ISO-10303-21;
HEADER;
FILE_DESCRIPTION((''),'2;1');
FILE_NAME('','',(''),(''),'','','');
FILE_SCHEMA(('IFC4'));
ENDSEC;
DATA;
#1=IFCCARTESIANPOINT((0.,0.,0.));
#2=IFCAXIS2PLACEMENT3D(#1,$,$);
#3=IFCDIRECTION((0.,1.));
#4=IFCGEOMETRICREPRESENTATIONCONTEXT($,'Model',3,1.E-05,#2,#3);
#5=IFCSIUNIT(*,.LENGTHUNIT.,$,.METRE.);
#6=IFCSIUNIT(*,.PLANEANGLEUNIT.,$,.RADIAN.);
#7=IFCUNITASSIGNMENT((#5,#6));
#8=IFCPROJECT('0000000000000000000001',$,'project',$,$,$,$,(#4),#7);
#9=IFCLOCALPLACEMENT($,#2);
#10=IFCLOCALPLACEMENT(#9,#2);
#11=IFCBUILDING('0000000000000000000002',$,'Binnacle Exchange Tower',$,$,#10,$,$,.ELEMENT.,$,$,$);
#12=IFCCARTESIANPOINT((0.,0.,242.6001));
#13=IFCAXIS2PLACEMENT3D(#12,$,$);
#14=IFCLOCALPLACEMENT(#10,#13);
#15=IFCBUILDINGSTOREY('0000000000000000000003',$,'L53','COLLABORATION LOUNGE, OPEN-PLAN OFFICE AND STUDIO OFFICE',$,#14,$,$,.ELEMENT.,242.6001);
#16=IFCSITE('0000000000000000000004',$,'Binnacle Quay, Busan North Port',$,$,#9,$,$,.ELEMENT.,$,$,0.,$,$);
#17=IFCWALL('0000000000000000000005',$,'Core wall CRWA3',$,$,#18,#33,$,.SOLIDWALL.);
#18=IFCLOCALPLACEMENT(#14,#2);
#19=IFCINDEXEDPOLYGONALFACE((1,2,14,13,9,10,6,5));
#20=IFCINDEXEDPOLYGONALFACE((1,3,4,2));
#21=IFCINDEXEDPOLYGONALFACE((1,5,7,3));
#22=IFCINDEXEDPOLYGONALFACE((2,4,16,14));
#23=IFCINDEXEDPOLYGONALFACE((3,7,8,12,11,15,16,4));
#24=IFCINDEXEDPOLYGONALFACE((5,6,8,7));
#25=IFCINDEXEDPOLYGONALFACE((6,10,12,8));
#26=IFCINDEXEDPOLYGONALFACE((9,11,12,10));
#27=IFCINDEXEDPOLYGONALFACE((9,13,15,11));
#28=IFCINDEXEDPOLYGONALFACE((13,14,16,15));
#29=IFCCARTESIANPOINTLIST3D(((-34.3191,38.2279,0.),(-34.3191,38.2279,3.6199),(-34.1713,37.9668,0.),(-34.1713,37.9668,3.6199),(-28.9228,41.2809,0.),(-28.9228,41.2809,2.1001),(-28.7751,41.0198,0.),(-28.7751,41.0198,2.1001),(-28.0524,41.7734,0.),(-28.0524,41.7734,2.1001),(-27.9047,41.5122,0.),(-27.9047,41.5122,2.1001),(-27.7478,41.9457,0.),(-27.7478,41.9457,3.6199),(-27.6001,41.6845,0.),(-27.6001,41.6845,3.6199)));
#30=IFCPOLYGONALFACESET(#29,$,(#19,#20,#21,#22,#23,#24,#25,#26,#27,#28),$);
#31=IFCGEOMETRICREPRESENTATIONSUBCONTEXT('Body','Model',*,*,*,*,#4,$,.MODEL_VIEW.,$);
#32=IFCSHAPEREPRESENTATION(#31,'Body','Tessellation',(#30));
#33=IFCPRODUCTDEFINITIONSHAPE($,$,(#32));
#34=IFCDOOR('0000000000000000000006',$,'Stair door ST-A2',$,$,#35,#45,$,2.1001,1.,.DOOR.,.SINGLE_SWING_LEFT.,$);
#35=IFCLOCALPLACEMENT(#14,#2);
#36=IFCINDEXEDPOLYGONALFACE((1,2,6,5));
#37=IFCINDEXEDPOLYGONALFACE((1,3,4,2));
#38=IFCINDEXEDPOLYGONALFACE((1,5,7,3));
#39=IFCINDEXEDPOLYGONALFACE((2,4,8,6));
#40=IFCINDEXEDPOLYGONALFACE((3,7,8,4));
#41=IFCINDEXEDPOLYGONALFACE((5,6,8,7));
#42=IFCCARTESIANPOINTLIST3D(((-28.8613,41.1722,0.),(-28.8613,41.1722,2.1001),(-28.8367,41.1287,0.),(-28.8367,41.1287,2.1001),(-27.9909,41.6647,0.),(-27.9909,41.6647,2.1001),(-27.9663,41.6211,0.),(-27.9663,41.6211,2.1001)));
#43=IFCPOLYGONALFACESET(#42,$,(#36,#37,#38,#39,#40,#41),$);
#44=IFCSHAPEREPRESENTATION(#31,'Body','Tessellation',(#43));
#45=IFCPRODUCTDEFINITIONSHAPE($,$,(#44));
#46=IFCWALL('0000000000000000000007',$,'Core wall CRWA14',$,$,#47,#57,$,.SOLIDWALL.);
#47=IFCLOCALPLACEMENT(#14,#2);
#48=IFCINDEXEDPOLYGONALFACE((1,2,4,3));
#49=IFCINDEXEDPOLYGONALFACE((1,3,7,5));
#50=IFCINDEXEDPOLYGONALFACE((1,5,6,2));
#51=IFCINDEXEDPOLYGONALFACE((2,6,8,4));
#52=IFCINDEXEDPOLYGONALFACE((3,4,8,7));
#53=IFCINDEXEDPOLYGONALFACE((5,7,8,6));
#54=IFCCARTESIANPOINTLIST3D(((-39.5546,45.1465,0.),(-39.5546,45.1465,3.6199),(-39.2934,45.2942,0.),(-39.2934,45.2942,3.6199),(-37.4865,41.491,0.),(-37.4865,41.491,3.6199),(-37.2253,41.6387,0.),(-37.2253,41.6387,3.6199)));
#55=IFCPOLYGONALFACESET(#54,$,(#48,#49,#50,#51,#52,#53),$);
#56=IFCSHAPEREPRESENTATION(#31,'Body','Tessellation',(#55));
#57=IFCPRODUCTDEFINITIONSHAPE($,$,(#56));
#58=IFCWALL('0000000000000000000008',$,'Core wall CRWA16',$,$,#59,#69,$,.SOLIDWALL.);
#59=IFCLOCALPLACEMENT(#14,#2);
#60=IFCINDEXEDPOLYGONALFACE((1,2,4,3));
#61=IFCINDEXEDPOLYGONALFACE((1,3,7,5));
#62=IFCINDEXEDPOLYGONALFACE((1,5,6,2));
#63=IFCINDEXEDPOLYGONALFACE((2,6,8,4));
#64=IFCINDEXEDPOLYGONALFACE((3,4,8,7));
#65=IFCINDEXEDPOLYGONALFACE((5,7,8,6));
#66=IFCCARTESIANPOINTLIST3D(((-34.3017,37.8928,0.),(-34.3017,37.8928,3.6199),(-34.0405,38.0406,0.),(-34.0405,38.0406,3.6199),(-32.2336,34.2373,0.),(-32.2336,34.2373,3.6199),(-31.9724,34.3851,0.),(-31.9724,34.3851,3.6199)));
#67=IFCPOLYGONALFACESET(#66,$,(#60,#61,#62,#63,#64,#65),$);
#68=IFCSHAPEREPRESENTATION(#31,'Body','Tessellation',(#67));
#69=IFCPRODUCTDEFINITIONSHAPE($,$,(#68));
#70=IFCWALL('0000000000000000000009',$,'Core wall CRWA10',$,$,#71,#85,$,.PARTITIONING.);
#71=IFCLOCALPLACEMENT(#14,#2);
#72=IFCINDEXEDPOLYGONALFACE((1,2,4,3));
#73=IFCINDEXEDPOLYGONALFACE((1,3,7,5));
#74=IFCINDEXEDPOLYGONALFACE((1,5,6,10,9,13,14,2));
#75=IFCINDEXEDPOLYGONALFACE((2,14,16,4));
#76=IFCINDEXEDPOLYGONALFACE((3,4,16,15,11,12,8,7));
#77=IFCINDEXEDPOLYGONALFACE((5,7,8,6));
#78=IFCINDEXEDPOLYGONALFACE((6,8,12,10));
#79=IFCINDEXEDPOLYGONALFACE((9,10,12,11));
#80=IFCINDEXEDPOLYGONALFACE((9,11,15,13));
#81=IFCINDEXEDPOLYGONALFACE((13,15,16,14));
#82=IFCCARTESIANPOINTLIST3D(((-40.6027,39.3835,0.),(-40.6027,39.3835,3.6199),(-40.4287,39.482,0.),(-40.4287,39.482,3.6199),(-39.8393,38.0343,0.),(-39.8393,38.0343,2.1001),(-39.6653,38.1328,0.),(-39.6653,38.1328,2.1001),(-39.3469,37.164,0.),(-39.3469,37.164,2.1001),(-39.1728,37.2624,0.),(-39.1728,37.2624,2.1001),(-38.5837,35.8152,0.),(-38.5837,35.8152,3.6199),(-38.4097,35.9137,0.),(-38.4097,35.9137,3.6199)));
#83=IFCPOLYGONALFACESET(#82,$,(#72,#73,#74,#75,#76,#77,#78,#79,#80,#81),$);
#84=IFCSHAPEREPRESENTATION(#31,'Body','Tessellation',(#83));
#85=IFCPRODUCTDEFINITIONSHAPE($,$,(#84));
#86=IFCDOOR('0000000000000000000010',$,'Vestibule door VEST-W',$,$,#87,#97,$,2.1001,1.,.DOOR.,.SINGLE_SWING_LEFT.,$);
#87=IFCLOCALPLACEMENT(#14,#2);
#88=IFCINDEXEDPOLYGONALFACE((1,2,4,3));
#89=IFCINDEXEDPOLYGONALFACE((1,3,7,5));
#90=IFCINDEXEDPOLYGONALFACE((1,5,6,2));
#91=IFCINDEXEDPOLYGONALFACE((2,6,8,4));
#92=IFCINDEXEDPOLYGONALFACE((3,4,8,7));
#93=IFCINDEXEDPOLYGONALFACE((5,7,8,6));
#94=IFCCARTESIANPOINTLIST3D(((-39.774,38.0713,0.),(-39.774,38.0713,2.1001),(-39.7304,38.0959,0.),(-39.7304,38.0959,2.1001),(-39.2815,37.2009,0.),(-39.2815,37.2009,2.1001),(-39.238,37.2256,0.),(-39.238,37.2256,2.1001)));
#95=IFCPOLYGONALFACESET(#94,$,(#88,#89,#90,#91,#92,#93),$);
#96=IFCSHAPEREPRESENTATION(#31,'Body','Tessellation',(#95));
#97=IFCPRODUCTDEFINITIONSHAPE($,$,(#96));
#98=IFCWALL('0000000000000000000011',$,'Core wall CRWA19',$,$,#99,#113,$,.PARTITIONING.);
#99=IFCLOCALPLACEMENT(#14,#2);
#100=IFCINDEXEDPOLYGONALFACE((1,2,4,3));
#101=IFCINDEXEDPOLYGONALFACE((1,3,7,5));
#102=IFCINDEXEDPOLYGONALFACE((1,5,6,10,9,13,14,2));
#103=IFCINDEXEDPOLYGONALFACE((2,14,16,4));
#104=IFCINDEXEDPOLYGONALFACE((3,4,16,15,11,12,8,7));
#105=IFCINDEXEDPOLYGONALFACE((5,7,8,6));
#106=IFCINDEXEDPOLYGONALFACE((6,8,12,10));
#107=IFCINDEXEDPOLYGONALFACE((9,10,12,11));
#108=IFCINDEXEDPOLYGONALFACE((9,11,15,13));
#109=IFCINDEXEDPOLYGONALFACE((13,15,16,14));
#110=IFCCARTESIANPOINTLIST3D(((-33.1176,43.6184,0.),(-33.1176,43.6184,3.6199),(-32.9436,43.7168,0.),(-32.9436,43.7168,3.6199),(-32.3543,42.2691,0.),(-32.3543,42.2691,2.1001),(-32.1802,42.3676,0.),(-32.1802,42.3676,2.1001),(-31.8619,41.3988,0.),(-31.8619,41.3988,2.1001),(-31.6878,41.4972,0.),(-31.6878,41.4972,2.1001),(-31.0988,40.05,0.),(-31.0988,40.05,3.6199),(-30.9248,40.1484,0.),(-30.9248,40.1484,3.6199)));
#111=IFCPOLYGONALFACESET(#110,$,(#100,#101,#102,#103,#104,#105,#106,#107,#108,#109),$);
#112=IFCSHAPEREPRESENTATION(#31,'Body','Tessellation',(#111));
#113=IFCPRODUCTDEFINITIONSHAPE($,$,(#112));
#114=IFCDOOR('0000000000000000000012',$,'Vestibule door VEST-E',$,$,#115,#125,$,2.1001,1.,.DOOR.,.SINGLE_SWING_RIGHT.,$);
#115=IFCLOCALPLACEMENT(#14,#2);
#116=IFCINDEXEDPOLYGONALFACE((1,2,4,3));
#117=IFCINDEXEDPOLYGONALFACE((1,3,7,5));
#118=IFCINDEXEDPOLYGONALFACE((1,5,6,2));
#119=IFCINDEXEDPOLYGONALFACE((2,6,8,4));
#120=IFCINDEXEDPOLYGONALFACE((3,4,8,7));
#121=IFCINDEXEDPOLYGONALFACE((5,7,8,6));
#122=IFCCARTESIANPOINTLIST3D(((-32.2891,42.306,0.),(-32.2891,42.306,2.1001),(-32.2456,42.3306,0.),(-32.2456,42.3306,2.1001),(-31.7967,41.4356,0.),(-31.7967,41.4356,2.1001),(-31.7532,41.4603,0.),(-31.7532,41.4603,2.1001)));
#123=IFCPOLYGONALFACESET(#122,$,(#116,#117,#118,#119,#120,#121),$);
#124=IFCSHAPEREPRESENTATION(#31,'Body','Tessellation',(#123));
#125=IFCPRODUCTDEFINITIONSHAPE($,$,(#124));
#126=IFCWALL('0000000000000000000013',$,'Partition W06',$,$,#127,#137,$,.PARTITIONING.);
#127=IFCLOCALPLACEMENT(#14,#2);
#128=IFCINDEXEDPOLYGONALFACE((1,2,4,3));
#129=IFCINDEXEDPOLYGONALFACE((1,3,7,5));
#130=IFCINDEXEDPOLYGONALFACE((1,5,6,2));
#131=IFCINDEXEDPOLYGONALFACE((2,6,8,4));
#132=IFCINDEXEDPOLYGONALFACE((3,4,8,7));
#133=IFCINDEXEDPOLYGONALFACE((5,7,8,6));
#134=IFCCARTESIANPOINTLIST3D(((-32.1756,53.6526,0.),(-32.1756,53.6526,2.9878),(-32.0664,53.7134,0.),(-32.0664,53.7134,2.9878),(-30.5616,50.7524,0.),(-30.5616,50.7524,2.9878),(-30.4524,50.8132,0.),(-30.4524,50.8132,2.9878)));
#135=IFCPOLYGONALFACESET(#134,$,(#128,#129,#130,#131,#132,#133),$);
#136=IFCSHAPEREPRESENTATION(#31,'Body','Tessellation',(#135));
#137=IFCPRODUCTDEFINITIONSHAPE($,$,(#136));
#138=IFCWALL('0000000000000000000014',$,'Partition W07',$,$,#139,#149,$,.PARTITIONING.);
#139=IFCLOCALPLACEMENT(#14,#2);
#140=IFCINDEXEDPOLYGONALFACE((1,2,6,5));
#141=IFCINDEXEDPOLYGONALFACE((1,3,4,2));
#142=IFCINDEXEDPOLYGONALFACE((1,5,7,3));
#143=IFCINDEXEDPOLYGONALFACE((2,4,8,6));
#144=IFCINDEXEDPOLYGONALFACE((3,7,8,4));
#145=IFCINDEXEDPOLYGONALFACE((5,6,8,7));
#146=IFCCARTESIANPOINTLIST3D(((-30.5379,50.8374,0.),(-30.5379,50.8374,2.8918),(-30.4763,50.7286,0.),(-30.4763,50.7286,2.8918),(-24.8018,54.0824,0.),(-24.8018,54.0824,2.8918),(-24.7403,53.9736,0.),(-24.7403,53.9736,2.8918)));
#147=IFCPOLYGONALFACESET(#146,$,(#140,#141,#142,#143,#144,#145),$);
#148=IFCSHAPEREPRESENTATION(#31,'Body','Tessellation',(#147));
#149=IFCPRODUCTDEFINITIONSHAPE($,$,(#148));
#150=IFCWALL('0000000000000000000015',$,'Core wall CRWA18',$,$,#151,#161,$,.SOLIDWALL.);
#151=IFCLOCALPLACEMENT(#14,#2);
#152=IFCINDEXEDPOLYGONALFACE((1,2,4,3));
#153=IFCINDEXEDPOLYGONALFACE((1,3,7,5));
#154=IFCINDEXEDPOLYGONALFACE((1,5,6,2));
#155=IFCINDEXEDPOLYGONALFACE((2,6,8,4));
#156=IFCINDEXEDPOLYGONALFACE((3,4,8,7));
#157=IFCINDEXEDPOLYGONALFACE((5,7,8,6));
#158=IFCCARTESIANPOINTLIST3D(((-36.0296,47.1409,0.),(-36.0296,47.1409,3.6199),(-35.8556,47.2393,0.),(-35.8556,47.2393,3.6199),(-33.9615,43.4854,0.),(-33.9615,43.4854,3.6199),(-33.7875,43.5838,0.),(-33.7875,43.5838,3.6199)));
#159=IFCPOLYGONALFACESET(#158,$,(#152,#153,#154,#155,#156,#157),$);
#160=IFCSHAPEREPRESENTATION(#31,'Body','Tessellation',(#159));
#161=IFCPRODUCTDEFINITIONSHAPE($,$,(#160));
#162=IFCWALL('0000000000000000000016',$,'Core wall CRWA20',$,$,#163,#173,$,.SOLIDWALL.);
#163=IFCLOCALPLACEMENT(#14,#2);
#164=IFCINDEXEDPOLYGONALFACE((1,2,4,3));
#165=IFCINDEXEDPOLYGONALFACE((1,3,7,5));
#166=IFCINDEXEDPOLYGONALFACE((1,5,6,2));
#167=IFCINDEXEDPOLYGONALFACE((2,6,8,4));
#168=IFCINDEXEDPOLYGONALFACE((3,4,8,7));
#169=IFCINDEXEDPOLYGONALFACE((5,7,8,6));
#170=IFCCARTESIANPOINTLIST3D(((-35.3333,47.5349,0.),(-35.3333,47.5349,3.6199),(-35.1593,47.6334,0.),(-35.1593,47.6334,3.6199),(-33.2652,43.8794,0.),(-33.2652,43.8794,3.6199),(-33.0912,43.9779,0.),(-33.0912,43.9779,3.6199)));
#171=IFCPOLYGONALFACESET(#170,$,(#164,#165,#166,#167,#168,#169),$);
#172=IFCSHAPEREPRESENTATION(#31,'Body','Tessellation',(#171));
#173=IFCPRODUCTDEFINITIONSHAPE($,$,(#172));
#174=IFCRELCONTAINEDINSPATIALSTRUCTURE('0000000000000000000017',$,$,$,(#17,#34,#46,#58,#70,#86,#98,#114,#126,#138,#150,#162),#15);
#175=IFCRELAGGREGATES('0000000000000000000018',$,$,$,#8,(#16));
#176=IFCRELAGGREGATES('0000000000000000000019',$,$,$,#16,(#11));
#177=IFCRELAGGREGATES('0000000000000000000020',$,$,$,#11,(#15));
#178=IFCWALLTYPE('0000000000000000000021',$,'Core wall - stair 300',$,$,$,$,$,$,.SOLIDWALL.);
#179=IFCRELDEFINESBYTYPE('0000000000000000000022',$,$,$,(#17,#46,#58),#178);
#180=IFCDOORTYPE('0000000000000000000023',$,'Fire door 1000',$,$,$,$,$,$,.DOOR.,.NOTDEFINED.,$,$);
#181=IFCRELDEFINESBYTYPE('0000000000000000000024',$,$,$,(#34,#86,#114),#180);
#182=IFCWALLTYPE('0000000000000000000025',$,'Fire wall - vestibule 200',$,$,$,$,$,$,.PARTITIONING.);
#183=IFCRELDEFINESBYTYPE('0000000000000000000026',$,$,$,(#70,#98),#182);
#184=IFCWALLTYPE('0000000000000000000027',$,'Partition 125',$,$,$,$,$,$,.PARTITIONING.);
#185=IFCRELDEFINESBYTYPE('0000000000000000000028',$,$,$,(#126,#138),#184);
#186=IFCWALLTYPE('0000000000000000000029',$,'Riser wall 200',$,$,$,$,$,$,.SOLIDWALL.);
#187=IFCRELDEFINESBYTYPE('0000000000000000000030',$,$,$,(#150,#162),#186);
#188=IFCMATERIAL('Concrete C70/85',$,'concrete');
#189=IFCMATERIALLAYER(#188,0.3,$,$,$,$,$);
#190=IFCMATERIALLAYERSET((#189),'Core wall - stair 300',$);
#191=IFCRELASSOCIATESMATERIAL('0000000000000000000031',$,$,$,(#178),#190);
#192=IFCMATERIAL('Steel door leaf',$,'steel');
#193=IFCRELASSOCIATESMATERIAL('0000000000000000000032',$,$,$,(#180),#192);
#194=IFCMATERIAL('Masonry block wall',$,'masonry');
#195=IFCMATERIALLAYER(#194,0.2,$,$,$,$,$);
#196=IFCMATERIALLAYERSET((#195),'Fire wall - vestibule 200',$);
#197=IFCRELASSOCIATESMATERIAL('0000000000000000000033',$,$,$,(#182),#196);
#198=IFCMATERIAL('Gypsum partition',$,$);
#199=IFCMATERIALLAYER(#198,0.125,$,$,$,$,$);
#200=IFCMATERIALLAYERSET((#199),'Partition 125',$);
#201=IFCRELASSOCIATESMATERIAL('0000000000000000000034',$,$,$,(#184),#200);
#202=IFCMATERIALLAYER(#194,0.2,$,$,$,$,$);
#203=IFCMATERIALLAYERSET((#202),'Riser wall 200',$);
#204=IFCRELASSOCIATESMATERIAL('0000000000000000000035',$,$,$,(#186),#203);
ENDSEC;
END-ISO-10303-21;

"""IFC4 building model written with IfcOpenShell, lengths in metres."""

from ifc_helpers import new_model, si_unit, direction, frame, frame_2d, origin, place, context, subcontext, project, spatial, rectangle, extrude, material, layer, layer_set, type_object, element, fill, save


model = new_model("IFC4")

# Units and contexts
model_context = context("Model", 3, precision=1e-05, world=origin(), true_north=direction((0.0, 1.0)))
body_context = subcontext(model_context, "Body", "Model", "MODEL_VIEW")
ifc_project = project(units=[si_unit("LENGTHUNIT", "METRE"), si_unit("PLANEANGLEUNIT", "RADIAN")], contexts=[model_context])

# Site, building, storey
site_placement = place(None, origin())
site = spatial("IfcSite", under=ifc_project, at=site_placement, Name="Binnacle Quay, Busan North Port", CompositionType="ELEMENT", RefElevation=0.0)
building_placement = place(site_placement, origin())
building = spatial("IfcBuilding", under=site, at=building_placement, Name="Binnacle Exchange Tower", CompositionType="ELEMENT")
storey_placement = place(building_placement, frame((0.0, 0.0, 242.6001)))
storey = spatial("IfcBuildingStorey", under=building, at=storey_placement, Name="L53", Description="COLLABORATION LOUNGE, OPEN-PLAN OFFICE AND STUDIO OFFICE", CompositionType="ELEMENT", Elevation=242.6001)

# Shared definitions
ifc_material_1 = material(Name="Concrete C70/85", Category="concrete")
ifc_material_2 = material(Name="Steel door leaf", Category="steel")

# Wall, opening, door
ifc_layer_1 = layer(ifc_material_1, 0.3)
ifc_layer_set_1 = layer_set([ifc_layer_1], Name="Core wall - stair 300")
wall_type_1 = type_object("IfcWallType", Name="Core wall - stair 300", PredefinedType="SOLIDWALL", material=ifc_layer_set_1)
wall_1_placement = place(storey_placement, frame((-34.2451, 38.0974, 0.0), z_axis=(0.0, 0.0, 1.0), x_axis=(0.87036, 0.492415, 0.0)))
wall_1 = element("IfcWall", 1, at=wall_1_placement, inside=storey, type_object=wall_type_1, Name="Core wall CRWA3", PredefinedType="SOLIDWALL", context=body_context, shape_type="SweptSolid", body=[
    extrude(rectangle(XDim=7.55, YDim=0.3, at=frame_2d((3.7749, 0.0))), origin(), (0.0, 0.0, 1.0), 3.6199),
])
opening_1_placement = place(wall_1_placement, frame((6.2, 0.0, 0.0)))
opening_1 = element("IfcOpeningElement", 2, at=opening_1_placement, cuts=wall_1, PredefinedType="OPENING", context=body_context, shape_type="SweptSolid", body=[
    extrude(rectangle(XDim=1.0, YDim=2.1001, at=frame_2d((0.5, 1.05))), frame((0.0, 0.1599, 0.0), z_axis=(0.0, -1.0, 0.0), x_axis=(1.0, 0.0, 0.0)), (0.0, 0.0, 1.0), 0.3201),
])
door_type_1 = type_object("IfcDoorType", Name="Fire door 1000", OperationType="NOTDEFINED", PredefinedType="DOOR", material=ifc_material_2)
door_1_placement = place(opening_1_placement, frame((1.0, 0.0, 0.0), z_axis=(0.0, 0.0, 1.0), x_axis=(-1.0, 0.0, 0.0)))
door_1 = element("IfcDoor", 3, at=door_1_placement, inside=storey, type_object=door_type_1, Name="Stair door ST-A2", OperationType="SINGLE_SWING_LEFT", OverallHeight=2.1001, OverallWidth=1.0, PredefinedType="DOOR", context=body_context, shape_type="SweptSolid", body=[
    extrude(rectangle(XDim=1.0, YDim=2.1001, at=frame_2d((0.5, 1.05))), frame((0.0, 0.0249, 0.0), z_axis=(0.0, -1.0, 0.0), x_axis=(1.0, 0.0, 0.0)), (0.0, 0.0, 1.0), 0.05),
])
fill(opening_1, door_1)

# Walls
for number, where, z_axis, x_axis, name in (
    (4, (-39.4241, 45.2205, 0.0), (0.0, 0.0, 1.0), (0.49241, -0.870364, 0.0), "Core wall CRWA14"),
    (5, (-34.1711, 37.9668, 0.0), (0.0, 0.0, 1.0), (0.49241, -0.870364, 0.0), "Core wall CRWA16"),
):
    element("IfcWall", number, at=place(storey_placement, frame(where, z_axis=z_axis, x_axis=x_axis)), inside=storey, type_object=wall_type_1, Name=name, PredefinedType="SOLIDWALL", context=body_context, shape_type="SweptSolid", body=[
        extrude(rectangle(XDim=4.2, YDim=0.3, at=frame_2d((2.1001, 0.0))), origin(), (0.0, 0.0, 1.0), 3.6199),
    ])

# Walls, openings, doors
ifc_material_3 = material(Name="Masonry block wall", Category="masonry")
ifc_layer_2 = layer(ifc_material_3, 0.2)
ifc_layer_set_2 = layer_set([ifc_layer_2], Name="Fire wall - vestibule 200")
wall_type_2 = type_object("IfcWallType", Name="Fire wall - vestibule 200", PredefinedType="PARTITIONING", material=ifc_layer_set_2)
wall_2_placement = place(storey_placement, frame((-40.5156, 39.4326, 0.0), z_axis=(0.0, 0.0, 1.0), x_axis=(0.492454, -0.870339, 0.0)))
wall_2 = element("IfcWall", 6, at=wall_2_placement, inside=storey, type_object=wall_type_2, Name="Core wall CRWA10", PredefinedType="PARTITIONING", context=body_context, shape_type="SweptSolid", body=[
    extrude(rectangle(XDim=4.0999, YDim=0.2, at=frame_2d((2.0498, 0.0))), origin(), (0.0, 0.0, 1.0), 3.6199),
])
opening_2_placement = place(wall_2_placement, frame((1.55, 0.0, 0.0)))
opening_2 = element("IfcOpeningElement", 7, at=opening_2_placement, cuts=wall_2, PredefinedType="OPENING", context=body_context, shape_type="SweptSolid", body=[
    extrude(rectangle(XDim=1.0, YDim=2.1001, at=frame_2d((0.5, 1.05))), frame((0.0, 0.1099, 0.0), z_axis=(0.0, -1.0, 0.0), x_axis=(1.0, 0.0, 0.0)), (0.0, 0.0, 1.0), 0.22),
])
door_2_placement = place(opening_2_placement, frame((1.0, 0.0, 0.0), z_axis=(0.0, 0.0, 1.0), x_axis=(-1.0, 0.0, 0.0)))
door_2 = element("IfcDoor", 8, at=door_2_placement, inside=storey, type_object=door_type_1, Name="Vestibule door VEST-W", OperationType="SINGLE_SWING_LEFT", OverallHeight=2.1001, OverallWidth=1.0, PredefinedType="DOOR", context=body_context, shape_type="SweptSolid", body=[
    extrude(rectangle(XDim=1.0, YDim=2.1001, at=frame_2d((0.5, 1.05))), frame((0.0, 0.0249, 0.0), z_axis=(0.0, -1.0, 0.0), x_axis=(1.0, 0.0, 0.0)), (0.0, 0.0, 1.0), 0.05),
])
fill(opening_2, door_2)
wall_3_placement = place(storey_placement, frame((-33.0305, 43.6675, 0.0), z_axis=(0.0, 0.0, 1.0), x_axis=(0.492408, -0.870364, 0.0)))
wall_3 = element("IfcWall", 9, at=wall_3_placement, inside=storey, type_object=wall_type_2, Name="Core wall CRWA19", PredefinedType="PARTITIONING", context=body_context, shape_type="SweptSolid", body=[
    extrude(rectangle(XDim=4.0999, YDim=0.2, at=frame_2d((2.0498, 0.0))), origin(), (0.0, 0.0, 1.0), 3.6199),
])
opening_3_placement = place(wall_3_placement, frame((1.55, 0.0, 0.0)))
opening_3 = element("IfcOpeningElement", 10, at=opening_3_placement, cuts=wall_3, PredefinedType="OPENING", context=body_context, shape_type="SweptSolid", body=[
    extrude(rectangle(XDim=1.0, YDim=2.1001, at=frame_2d((0.5, 1.05))), frame((0.0, 0.1099, 0.0), z_axis=(0.0, -1.0, 0.0), x_axis=(1.0, 0.0, 0.0)), (0.0, 0.0, 1.0), 0.22),
])
door_3_placement = place(opening_3_placement, origin())
door_3 = element("IfcDoor", 11, at=door_3_placement, inside=storey, type_object=door_type_1, Name="Vestibule door VEST-E", OperationType="SINGLE_SWING_RIGHT", OverallHeight=2.1001, OverallWidth=1.0, PredefinedType="DOOR", context=body_context, shape_type="SweptSolid", body=[
    extrude(rectangle(XDim=1.0, YDim=2.1001, at=frame_2d((0.5, 1.05))), frame((0.0, 0.0249, 0.0), z_axis=(0.0, -1.0, 0.0), x_axis=(1.0, 0.0, 0.0)), (0.0, 0.0, 1.0), 0.05),
])
fill(opening_3, door_3)

# Walls
ifc_material_4 = material(Name="Gypsum partition")
ifc_layer_3 = layer(ifc_material_4, 0.125)
ifc_layer_set_3 = layer_set([ifc_layer_3], Name="Partition 125")
wall_type_3 = type_object("IfcWallType", Name="Partition 125", PredefinedType="PARTITIONING", material=ifc_layer_set_3)
wall_4_placement = place(storey_placement, frame((-32.1211, 53.6831, 0.0), z_axis=(0.0, 0.0, 1.0), x_axis=(0.486292, -0.873796, 0.0)))
element("IfcWall", 12, at=wall_4_placement, inside=storey, type_object=wall_type_3, Name="Partition W06", PredefinedType="PARTITIONING", context=body_context, shape_type="SweptSolid", body=[
    extrude(rectangle(XDim=3.3191, YDim=0.125, at=frame_2d((1.6597, 0.0))), origin(), (0.0, 0.0, 1.0), 2.9878),
])
wall_5_placement = place(storey_placement, frame((-30.5071, 50.783, 0.0), z_axis=(0.0, 0.0, 1.0), x_axis=(0.870369, 0.4924, 0.0)))
element("IfcWall", 13, at=wall_5_placement, inside=storey, type_object=wall_type_3, Name="Partition W07", PredefinedType="PARTITIONING", context=body_context, shape_type="SweptSolid", body=[
    extrude(rectangle(XDim=6.5903, YDim=0.125, at=frame_2d((3.2952, 0.0))), origin(), (0.0, 0.0, 1.0), 2.8918),
])
ifc_layer_4 = layer(ifc_material_3, 0.2)
ifc_layer_set_4 = layer_set([ifc_layer_4], Name="Riser wall 200")
wall_type_4 = type_object("IfcWallType", Name="Riser wall 200", PredefinedType="SOLIDWALL", material=ifc_layer_set_4)
for number, where, z_axis, x_axis, name in (
    (14, (-35.9426, 47.1902, 0.0), (0.0, 0.0, 1.0), (0.49241, -0.870364, 0.0), "Core wall CRWA18"),
    (15, (-35.2463, 47.5842, 0.0), (0.0, 0.0, 1.0), (0.49241, -0.870364, 0.0), "Core wall CRWA20"),
):
    element("IfcWall", number, at=place(storey_placement, frame(where, z_axis=z_axis, x_axis=x_axis)), inside=storey, type_object=wall_type_4, Name=name, PredefinedType="SOLIDWALL", context=body_context, shape_type="SweptSolid", body=[
        extrude(rectangle(XDim=4.2, YDim=0.2, at=frame_2d((2.1001, 0.0))), origin(), (0.0, 0.0, 1.0), 3.6199),
    ])

save(model, "model.ifc")
